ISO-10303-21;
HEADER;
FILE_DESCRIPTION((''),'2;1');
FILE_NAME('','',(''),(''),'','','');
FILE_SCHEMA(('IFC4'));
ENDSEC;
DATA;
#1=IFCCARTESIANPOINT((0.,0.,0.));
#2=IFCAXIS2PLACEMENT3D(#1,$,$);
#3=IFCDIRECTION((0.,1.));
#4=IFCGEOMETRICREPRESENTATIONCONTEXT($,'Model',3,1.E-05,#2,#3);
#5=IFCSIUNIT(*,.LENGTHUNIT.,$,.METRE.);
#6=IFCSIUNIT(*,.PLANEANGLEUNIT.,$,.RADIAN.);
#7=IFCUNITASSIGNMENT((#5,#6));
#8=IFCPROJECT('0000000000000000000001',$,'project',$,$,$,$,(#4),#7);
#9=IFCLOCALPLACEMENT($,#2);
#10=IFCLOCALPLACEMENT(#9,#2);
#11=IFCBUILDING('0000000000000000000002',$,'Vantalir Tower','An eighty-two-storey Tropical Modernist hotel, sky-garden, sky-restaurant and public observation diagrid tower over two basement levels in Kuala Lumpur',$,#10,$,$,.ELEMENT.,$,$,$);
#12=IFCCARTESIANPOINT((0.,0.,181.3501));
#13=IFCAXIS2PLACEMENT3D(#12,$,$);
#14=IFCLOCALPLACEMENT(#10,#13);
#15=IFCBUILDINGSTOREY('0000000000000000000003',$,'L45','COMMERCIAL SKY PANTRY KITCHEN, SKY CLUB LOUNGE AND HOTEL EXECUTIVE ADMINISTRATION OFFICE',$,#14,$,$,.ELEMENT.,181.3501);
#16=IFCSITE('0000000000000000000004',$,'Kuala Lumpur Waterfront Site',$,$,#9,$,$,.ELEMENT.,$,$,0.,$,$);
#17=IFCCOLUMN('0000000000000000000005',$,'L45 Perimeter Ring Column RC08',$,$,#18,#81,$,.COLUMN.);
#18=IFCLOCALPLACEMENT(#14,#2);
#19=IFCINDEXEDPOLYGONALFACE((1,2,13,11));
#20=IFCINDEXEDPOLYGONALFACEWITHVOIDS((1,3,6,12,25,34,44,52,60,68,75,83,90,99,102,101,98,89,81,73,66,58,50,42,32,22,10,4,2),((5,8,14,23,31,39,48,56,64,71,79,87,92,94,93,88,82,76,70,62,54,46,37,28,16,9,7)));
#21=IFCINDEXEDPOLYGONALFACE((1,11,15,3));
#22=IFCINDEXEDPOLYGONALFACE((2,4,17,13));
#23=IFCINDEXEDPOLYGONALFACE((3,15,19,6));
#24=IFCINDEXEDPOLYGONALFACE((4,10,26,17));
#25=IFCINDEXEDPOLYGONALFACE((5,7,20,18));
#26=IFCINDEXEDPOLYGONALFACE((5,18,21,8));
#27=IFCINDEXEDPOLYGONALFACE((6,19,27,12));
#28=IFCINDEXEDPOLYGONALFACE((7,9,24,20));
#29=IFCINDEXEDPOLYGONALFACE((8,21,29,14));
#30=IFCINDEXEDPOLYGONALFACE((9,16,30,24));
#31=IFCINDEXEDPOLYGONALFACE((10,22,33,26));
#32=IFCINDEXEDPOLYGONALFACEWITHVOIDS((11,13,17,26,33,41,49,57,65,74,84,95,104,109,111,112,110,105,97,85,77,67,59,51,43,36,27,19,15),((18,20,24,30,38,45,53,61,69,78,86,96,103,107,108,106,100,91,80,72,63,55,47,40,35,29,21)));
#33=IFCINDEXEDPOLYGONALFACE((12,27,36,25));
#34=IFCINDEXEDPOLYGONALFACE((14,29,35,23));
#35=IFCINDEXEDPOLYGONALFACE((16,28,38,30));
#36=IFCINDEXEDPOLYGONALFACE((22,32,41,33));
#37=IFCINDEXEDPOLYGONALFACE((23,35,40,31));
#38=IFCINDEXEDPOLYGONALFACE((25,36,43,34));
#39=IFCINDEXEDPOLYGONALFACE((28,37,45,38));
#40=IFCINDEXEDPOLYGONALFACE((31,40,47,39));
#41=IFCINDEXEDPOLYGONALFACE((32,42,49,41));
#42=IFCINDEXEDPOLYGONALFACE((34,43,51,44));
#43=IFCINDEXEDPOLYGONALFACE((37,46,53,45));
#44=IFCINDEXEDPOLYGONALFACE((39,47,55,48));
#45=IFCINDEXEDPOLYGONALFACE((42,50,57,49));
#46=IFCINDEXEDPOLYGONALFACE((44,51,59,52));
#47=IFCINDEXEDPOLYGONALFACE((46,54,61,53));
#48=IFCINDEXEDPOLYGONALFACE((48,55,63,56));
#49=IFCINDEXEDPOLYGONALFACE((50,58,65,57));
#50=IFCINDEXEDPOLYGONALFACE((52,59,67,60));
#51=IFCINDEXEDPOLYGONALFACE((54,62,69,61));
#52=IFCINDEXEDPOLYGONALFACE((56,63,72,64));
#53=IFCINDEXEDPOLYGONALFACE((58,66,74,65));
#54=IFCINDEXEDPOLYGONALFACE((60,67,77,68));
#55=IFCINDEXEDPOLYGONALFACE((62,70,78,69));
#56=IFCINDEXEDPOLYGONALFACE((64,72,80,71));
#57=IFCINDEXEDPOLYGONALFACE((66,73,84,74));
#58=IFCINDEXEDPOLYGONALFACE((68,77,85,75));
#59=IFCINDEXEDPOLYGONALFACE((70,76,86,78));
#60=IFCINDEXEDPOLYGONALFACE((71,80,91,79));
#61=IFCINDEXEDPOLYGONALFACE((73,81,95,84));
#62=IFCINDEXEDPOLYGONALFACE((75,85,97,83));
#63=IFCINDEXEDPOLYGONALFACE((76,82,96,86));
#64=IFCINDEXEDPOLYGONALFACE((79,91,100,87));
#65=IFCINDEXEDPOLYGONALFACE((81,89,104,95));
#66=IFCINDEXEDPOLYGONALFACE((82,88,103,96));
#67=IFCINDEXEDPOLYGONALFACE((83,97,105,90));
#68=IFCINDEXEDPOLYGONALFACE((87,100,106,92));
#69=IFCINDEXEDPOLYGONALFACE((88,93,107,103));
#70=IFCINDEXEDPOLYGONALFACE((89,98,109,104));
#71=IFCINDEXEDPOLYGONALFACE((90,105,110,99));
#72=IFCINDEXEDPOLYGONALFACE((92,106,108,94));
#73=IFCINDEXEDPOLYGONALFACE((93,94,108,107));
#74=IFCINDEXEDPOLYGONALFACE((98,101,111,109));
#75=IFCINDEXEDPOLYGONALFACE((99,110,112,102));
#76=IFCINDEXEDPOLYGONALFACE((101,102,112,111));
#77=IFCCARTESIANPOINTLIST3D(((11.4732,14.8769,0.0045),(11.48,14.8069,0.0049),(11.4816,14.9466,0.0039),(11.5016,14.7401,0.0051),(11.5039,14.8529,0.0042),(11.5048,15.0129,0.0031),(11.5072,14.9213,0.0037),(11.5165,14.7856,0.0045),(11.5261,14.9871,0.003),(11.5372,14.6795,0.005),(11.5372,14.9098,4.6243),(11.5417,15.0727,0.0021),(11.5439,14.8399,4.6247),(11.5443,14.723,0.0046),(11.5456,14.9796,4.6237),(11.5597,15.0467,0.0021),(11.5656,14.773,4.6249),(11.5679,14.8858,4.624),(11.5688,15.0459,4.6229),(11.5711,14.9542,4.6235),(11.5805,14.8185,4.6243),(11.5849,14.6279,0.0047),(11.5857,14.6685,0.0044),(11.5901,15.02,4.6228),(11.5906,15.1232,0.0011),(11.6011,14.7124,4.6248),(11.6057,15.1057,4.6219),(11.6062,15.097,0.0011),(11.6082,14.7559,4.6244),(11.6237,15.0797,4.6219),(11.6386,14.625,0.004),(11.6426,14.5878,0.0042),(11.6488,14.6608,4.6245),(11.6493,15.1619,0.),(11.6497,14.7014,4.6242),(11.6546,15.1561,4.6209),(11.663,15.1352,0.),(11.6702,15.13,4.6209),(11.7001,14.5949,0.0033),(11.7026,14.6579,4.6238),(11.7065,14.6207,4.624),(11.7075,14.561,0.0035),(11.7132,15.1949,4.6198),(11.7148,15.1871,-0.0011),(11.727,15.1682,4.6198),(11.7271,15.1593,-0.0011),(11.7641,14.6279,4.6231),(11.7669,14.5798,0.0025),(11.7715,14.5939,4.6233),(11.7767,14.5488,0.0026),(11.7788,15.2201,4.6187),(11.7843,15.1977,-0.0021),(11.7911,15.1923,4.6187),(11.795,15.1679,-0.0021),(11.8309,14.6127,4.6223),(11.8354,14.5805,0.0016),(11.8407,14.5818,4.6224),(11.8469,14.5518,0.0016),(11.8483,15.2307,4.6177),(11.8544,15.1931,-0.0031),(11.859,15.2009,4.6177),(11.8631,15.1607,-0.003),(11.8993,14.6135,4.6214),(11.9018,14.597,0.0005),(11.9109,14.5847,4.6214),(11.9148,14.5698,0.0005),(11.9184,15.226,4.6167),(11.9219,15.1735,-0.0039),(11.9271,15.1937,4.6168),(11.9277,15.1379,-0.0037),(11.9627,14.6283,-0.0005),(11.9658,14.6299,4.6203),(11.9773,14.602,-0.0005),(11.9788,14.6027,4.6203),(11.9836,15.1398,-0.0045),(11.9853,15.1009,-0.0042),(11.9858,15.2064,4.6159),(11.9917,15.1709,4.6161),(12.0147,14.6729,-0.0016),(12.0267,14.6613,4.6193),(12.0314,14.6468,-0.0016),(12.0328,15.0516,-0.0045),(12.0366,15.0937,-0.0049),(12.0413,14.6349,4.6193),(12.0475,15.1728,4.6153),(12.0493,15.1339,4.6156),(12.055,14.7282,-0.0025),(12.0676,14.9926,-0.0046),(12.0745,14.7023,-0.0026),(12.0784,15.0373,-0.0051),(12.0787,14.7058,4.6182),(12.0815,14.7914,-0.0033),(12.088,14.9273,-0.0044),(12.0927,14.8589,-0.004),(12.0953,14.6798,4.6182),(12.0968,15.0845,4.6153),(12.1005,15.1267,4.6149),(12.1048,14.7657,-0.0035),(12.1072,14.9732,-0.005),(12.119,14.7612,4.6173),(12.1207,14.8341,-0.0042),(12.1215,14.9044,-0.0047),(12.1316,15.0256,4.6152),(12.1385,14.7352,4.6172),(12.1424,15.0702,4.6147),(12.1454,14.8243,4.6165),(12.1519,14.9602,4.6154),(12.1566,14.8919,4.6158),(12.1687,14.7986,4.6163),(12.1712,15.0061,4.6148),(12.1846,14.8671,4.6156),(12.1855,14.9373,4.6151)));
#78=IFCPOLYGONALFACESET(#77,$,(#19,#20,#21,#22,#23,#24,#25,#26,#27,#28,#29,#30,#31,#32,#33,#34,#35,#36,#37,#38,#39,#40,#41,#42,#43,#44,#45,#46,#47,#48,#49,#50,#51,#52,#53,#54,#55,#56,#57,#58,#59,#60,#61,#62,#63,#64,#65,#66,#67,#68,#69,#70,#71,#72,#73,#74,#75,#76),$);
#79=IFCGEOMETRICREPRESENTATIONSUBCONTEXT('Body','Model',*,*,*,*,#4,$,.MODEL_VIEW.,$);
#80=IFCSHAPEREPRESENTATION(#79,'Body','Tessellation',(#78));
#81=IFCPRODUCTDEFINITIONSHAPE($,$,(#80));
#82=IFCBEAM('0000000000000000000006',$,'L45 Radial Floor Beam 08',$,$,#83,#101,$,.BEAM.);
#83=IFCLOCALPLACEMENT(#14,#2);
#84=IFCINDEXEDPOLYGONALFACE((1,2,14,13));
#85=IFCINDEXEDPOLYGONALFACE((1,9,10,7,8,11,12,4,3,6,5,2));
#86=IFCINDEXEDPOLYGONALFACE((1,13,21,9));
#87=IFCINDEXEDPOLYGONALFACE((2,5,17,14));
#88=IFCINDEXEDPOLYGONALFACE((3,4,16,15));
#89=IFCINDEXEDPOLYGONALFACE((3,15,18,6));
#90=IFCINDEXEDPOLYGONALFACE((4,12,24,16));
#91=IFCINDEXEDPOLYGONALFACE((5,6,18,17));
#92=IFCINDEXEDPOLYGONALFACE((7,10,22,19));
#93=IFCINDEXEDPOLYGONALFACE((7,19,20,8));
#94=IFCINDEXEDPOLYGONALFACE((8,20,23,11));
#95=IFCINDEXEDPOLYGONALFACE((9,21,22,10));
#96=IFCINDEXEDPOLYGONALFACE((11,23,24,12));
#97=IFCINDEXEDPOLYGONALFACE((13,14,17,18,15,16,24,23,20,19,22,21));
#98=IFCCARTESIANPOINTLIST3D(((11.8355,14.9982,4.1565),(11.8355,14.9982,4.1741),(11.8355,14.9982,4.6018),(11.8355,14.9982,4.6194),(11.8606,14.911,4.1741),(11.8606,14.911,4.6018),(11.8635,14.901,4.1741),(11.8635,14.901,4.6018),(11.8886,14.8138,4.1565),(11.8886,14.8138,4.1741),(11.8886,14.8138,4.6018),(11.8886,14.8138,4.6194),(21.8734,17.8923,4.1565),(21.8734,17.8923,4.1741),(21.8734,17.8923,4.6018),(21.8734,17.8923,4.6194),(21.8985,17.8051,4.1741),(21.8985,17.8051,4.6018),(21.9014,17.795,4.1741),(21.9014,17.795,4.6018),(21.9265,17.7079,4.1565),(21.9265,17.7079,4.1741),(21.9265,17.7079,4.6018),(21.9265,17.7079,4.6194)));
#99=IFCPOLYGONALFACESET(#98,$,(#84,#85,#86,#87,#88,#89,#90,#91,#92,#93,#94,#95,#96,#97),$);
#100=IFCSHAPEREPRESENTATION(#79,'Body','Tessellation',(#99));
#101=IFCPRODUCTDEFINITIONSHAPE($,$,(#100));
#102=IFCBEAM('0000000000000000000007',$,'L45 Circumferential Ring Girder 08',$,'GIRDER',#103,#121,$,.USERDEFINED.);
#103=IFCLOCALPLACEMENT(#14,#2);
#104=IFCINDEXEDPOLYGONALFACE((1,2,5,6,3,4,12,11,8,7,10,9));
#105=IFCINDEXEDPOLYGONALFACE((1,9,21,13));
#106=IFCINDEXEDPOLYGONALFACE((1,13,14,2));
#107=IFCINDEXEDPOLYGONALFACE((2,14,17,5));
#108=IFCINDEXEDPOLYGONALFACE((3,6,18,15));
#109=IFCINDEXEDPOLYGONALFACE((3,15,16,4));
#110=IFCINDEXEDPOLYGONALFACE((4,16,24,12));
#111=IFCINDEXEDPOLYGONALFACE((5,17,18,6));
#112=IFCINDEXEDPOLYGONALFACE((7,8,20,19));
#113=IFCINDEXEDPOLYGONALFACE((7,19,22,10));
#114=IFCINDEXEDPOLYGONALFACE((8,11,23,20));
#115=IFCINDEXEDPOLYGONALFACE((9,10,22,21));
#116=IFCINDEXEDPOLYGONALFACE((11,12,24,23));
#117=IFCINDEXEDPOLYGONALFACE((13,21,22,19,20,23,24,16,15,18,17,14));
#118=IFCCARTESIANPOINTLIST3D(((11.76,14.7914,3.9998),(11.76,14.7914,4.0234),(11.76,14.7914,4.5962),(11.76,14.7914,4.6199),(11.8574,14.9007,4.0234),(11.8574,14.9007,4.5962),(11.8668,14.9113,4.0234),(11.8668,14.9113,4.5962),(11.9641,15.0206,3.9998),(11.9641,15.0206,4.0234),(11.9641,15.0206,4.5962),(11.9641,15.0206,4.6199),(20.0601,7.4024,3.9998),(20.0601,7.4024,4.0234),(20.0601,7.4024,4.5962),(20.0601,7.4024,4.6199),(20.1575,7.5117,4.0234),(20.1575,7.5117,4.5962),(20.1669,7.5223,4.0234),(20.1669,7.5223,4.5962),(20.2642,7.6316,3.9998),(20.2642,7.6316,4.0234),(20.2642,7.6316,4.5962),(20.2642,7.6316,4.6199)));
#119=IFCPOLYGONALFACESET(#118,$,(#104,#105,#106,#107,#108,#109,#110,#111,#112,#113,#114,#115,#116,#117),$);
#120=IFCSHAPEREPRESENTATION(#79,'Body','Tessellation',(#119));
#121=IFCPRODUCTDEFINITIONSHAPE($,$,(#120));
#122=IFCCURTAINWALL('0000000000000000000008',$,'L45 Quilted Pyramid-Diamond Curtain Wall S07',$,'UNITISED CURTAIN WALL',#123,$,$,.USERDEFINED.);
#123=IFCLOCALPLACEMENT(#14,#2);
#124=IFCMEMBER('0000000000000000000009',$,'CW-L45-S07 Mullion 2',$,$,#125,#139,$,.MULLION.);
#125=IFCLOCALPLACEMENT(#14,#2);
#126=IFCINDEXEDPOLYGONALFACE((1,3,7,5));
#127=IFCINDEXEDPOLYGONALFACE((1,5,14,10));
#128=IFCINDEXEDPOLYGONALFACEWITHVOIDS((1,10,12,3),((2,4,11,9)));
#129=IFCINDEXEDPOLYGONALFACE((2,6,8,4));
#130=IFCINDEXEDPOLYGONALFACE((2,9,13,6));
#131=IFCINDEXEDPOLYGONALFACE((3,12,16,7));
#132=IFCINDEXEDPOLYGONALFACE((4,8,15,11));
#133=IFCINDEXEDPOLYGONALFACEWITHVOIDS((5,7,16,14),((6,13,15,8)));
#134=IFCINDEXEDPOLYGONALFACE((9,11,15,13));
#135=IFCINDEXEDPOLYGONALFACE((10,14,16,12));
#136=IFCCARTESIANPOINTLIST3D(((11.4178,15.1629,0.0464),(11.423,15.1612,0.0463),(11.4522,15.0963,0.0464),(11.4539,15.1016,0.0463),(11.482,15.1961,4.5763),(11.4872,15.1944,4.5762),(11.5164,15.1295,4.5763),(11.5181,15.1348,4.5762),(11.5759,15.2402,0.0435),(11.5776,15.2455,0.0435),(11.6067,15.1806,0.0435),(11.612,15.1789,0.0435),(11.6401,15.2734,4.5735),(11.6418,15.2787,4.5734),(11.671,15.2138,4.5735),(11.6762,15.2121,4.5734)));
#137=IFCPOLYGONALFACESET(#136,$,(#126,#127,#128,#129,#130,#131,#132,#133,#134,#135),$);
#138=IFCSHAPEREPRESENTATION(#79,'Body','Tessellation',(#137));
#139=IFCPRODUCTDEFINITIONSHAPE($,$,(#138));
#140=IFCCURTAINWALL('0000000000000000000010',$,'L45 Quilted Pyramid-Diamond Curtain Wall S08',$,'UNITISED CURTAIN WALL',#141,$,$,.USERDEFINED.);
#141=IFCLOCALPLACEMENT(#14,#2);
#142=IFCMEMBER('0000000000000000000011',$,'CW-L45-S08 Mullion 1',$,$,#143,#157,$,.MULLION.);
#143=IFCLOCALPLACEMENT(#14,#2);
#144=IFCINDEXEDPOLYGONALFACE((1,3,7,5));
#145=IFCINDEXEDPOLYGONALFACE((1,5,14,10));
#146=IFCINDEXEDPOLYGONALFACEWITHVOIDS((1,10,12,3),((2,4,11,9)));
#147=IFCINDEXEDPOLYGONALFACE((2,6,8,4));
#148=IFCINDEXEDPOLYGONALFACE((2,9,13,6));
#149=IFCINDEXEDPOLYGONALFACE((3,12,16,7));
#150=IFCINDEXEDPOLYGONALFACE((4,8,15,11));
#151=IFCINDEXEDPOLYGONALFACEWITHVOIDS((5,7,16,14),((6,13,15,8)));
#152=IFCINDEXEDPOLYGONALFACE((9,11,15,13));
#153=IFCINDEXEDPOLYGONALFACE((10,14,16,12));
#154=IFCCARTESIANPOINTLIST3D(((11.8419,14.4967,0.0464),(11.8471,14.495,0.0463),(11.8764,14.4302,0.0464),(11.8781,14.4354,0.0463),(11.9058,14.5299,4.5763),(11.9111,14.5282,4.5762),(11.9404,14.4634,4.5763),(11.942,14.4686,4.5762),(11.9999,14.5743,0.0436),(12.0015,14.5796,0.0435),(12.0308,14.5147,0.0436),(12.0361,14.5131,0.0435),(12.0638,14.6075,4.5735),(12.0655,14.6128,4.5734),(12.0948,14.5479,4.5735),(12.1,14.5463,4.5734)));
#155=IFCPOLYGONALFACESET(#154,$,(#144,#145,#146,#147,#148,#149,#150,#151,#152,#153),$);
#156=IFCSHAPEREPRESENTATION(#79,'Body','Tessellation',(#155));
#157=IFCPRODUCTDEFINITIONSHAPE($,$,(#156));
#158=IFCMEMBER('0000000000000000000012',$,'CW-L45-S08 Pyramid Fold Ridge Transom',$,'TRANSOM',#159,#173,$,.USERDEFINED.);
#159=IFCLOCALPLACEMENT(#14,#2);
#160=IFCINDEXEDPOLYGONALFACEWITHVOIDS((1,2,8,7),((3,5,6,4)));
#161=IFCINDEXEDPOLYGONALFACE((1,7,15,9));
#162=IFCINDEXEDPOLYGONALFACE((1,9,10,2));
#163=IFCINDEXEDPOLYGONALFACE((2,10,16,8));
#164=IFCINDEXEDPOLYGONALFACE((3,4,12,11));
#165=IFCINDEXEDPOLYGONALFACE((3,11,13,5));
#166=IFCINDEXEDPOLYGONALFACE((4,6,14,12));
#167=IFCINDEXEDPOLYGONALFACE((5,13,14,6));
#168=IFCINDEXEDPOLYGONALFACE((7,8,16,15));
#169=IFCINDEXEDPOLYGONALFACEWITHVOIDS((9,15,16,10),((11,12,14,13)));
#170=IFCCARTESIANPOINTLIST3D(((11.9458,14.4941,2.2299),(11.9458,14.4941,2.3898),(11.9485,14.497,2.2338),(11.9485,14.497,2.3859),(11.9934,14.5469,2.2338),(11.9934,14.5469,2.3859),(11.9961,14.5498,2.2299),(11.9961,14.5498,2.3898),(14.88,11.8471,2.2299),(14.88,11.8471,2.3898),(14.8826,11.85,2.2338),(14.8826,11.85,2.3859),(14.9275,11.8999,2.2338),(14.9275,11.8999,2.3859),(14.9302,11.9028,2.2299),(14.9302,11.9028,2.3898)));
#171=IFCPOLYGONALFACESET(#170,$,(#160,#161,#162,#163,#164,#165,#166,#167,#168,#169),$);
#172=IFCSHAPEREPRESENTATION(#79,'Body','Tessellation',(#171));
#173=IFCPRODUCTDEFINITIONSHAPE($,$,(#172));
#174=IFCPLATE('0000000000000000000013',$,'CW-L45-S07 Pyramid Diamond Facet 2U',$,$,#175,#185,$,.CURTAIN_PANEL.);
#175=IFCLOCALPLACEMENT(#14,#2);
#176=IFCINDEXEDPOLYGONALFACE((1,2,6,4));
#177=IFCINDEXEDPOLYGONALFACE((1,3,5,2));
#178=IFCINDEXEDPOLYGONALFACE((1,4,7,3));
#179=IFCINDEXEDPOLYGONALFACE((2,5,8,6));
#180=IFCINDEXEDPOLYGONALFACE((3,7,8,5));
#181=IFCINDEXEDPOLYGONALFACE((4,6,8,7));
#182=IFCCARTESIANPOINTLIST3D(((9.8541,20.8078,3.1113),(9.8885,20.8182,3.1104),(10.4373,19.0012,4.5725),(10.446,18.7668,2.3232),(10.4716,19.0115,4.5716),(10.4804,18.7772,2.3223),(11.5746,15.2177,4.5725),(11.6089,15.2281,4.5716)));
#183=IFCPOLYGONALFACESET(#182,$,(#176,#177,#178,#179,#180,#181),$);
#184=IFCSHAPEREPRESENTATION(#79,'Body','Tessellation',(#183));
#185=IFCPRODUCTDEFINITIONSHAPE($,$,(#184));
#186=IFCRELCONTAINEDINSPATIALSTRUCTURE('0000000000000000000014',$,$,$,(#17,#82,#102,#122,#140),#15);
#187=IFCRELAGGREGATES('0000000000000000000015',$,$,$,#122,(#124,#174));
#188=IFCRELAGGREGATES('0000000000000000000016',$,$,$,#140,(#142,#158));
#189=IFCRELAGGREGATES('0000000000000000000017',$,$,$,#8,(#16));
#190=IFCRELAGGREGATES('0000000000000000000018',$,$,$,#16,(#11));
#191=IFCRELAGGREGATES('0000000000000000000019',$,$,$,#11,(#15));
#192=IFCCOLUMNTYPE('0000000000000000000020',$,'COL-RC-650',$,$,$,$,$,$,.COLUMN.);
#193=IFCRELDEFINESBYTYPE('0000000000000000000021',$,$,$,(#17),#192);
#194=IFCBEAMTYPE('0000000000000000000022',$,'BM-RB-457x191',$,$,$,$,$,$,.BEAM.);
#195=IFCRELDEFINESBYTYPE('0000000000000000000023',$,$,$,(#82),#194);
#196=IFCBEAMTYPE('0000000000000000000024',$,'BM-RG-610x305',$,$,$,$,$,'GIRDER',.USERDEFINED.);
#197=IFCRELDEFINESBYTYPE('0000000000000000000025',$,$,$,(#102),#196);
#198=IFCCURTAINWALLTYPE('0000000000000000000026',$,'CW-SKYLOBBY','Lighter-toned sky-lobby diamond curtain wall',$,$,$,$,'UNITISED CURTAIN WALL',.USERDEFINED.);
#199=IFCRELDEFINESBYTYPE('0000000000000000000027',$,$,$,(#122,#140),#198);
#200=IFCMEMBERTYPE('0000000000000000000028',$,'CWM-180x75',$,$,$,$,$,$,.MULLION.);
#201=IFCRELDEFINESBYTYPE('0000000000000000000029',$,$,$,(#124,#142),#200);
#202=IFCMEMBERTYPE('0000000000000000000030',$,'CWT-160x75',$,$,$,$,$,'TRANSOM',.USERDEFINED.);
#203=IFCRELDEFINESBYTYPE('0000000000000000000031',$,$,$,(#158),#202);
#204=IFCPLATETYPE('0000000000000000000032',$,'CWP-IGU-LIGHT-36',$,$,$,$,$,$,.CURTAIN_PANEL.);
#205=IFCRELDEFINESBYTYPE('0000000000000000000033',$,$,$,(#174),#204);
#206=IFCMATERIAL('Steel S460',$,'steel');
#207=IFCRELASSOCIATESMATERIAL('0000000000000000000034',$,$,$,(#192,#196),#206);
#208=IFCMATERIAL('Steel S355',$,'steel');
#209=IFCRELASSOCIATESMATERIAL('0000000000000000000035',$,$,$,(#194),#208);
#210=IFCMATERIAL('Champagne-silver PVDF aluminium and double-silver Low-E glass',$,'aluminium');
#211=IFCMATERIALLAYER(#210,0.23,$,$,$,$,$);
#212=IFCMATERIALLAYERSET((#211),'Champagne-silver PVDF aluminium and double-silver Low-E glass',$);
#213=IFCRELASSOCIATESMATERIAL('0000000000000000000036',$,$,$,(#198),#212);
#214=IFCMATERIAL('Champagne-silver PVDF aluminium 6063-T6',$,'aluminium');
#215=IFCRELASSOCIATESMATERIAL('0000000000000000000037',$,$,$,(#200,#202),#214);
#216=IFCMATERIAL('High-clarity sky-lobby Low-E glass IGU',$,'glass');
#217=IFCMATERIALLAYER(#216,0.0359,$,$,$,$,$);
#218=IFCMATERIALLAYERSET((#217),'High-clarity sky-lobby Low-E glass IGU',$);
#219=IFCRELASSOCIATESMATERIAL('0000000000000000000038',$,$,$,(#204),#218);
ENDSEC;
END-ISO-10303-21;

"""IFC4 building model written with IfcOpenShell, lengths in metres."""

from ifc_helpers import new_model, si_unit, direction, frame, origin, origin_2d, place, context, subcontext, project, spatial, polyline, hollow_rectangle, hollow_circle, i_section, outline, extrude, material, layer, layer_set, material_profile, profile_set, type_object, element, aggregate, save


model = new_model("IFC4")

# Units and contexts
model_context = context("Model", 3, precision=1e-05, world=origin(), true_north=direction((0.0, 1.0)))
body_context = subcontext(model_context, "Body", "Model", "MODEL_VIEW")
ifc_project = project(units=[si_unit("LENGTHUNIT", "METRE"), si_unit("PLANEANGLEUNIT", "RADIAN")], contexts=[model_context])

# Site, building, storey
site_placement = place(None, origin())
site = spatial("IfcSite", under=ifc_project, at=site_placement, Name="Kuala Lumpur Waterfront Site", CompositionType="ELEMENT", RefElevation=0.0)
building_placement = place(site_placement, origin())
building = spatial("IfcBuilding", under=site, at=building_placement, Name="Vantalir Tower", Description="An eighty-two-storey Tropical Modernist hotel, sky-garden, sky-restaurant and public observation diagrid tower over two basement levels in Kuala Lumpur", CompositionType="ELEMENT")
storey_placement = place(building_placement, frame((0.0, 0.0, 181.3501)))
storey = spatial("IfcBuildingStorey", under=building, at=storey_placement, Name="L45", Description="COMMERCIAL SKY PANTRY KITCHEN, SKY CLUB LOUNGE AND HOTEL EXECUTIVE ADMINISTRATION OFFICE", CompositionType="ELEMENT", Elevation=181.3501)

# Column
ifc_material_1 = material(Name="Steel S460", Category="steel")
ifc_material_profile_1 = material_profile(ifc_material_1, hollow_circle(Radius=0.325, WallThickness=0.03, at=origin_2d()), Name="Steel S460")
ifc_profile_set_1 = profile_set([ifc_material_profile_1], Name="Steel S460")
column_type = type_object("IfcColumnType", Name="COL-RC-650", PredefinedType="COLUMN", material=ifc_profile_set_1)
column_placement = place(storey_placement, frame((11.7981, 14.873, 0.0), z_axis=(0.013844, 0.007133, 0.999879), x_axis=(-0.458038, 0.888933, 0.0)))
element("IfcColumn", 1, at=column_placement, inside=storey, type_object=column_type, Name="L45 Perimeter Ring Column RC08", PredefinedType="COLUMN", context=body_context, shape_type="SweptSolid", body=[
    extrude(hollow_circle(Radius=0.325, WallThickness=0.03, at=origin_2d()), origin(), (0.0, 0.0, 1.0), 4.6204),
])

# Beams
ifc_material_2 = material(Name="Steel S355", Category="steel")
ifc_material_profile_2 = material_profile(ifc_material_2, i_section(OverallWidth=0.1919, OverallDepth=0.4629, WebThickness=0.0105, FlangeThickness=0.0176, at=origin_2d()), Name="Steel S355")
ifc_profile_set_2 = profile_set([ifc_material_profile_2], Name="Steel S355")
beam_type_1 = type_object("IfcBeamType", Name="BM-RB-457x191", PredefinedType="BEAM", material=ifc_profile_set_2)
beam_1_placement = place(storey_placement, frame((11.8621, 14.906, 4.3879), z_axis=(0.960862, 0.277029, 0.0), x_axis=(-0.277029, 0.960862, 0.0)))
element("IfcBeam", 2, at=beam_1_placement, inside=storey, type_object=beam_type_1, Name="L45 Radial Floor Beam 08", PredefinedType="BEAM", context=body_context, shape_type="SweptSolid", body=[
    extrude(i_section(OverallWidth=0.1919, OverallDepth=0.4629, WebThickness=0.0105, FlangeThickness=0.0176, at=origin_2d()), origin(), (0.0, 0.0, 1.0), 10.4468),
])
ifc_material_profile_3 = material_profile(ifc_material_1, i_section(OverallWidth=0.3069, OverallDepth=0.6201, WebThickness=0.0142, FlangeThickness=0.0237, at=origin_2d()), Name="Steel S460")
ifc_profile_set_3 = profile_set([ifc_material_profile_3], Name="Steel S460")
beam_type_2 = type_object("IfcBeamType", Name="BM-RG-610x305", ElementType="GIRDER", PredefinedType="USERDEFINED", material=ifc_profile_set_3)
beam_2_placement = place(storey_placement, frame((11.8621, 14.906, 4.3098), z_axis=(0.746913, -0.664921, 0.0), x_axis=(0.664921, 0.746913, 0.0)))
element("IfcBeam", 3, at=beam_2_placement, inside=storey, type_object=beam_type_2, Name="L45 Circumferential Ring Girder 08", ObjectType="GIRDER", PredefinedType="USERDEFINED", context=body_context, shape_type="SweptSolid", body=[
    extrude(i_section(OverallWidth=0.3069, OverallDepth=0.6201, WebThickness=0.0142, FlangeThickness=0.0237, at=origin_2d()), origin(), (0.0, 0.0, 1.0), 11.1125),
])

# Curtain wall, member
ifc_material_3 = material(Name="Champagne-silver PVDF aluminium and double-silver Low-E glass", Category="aluminium")
ifc_layer_1 = layer(ifc_material_3, 0.23)
ifc_layer_set_1 = layer_set([ifc_layer_1], Name="Champagne-silver PVDF aluminium and double-silver Low-E glass")
curtain_wall_type = type_object("IfcCurtainWallType", Name="CW-SKYLOBBY", Description="Lighter-toned sky-lobby diamond curtain wall", ElementType="UNITISED CURTAIN WALL", PredefinedType="USERDEFINED", material=ifc_layer_set_1)
curtain_wall_1_placement = place(storey_placement, origin())
curtain_wall_1 = element("IfcCurtainWall", 4, at=curtain_wall_1_placement, inside=storey, type_object=curtain_wall_type, Name="L45 Quilted Pyramid-Diamond Curtain Wall S07", ObjectType="UNITISED CURTAIN WALL", PredefinedType="USERDEFINED")
ifc_material_4 = material(Name="Champagne-silver PVDF aluminium 6063-T6", Category="aluminium")
ifc_material_profile_4 = material_profile(ifc_material_4, hollow_rectangle(XDim=0.075, YDim=0.1799, WallThickness=0.0039, at=origin_2d()), Name="Champagne-silver PVDF aluminium 6063-T6")
ifc_profile_set_4 = profile_set([ifc_material_profile_4], Name="Champagne-silver PVDF aluminium 6063-T6")
member_type_1 = type_object("IfcMemberType", Name="CWM-180x75", PredefinedType="MULLION", material=ifc_profile_set_4)
member_1_placement = place(storey_placement, frame((11.5149, 15.1709, 0.0449), z_axis=(0.014172, 0.007329, 0.999873), x_axis=(-0.459331, 0.888265, 0.0)))
member_1 = element("IfcMember", 5, at=member_1_placement, type_object=member_type_1, Name="CW-L45-S07 Mullion 2", PredefinedType="MULLION", context=body_context, shape_type="SweptSolid", body=[
    extrude(hollow_rectangle(XDim=0.075, YDim=0.1799, WallThickness=0.0039, at=origin_2d()), origin(), (0.0, 0.0, 1.0), 4.5305),
])

# Curtain wall, members
curtain_wall_2_placement = place(storey_placement, origin())
curtain_wall_2 = element("IfcCurtainWall", 6, at=curtain_wall_2_placement, inside=storey, type_object=curtain_wall_type, Name="L45 Quilted Pyramid-Diamond Curtain Wall S08", ObjectType="UNITISED CURTAIN WALL", PredefinedType="USERDEFINED")
member_2_placement = place(storey_placement, frame((11.939, 14.5049, 0.0449), z_axis=(0.014118, 0.007329, 0.999873), x_axis=(-0.460713, 0.887549, 0.0)))
member_2 = element("IfcMember", 7, at=member_2_placement, type_object=member_type_1, Name="CW-L45-S08 Mullion 1", PredefinedType="MULLION", context=body_context, shape_type="SweptSolid", body=[
    extrude(hollow_rectangle(XDim=0.075, YDim=0.1799, WallThickness=0.0039, at=origin_2d()), origin(), (0.0, 0.0, 1.0), 4.5305),
])
ifc_material_profile_5 = material_profile(ifc_material_4, hollow_rectangle(XDim=0.075, YDim=0.1599, WallThickness=0.0039, at=origin_2d()), Name="Champagne-silver PVDF aluminium 6063-T6")
ifc_profile_set_5 = profile_set([ifc_material_profile_5], Name="Champagne-silver PVDF aluminium 6063-T6")
member_type_2 = type_object("IfcMemberType", Name="CWT-160x75", ElementType="TRANSOM", PredefinedType="USERDEFINED", material=ifc_profile_set_5)
member_3_placement = place(storey_placement, frame((11.9709, 14.522, 2.3098), z_axis=(0.742501, -0.669845, 0.0), x_axis=(0.669845, 0.742501, 0.0)))
member_3 = element("IfcMember", 8, at=member_3_placement, type_object=member_type_2, Name="CW-L45-S08 Pyramid Fold Ridge Transom", ObjectType="TRANSOM", PredefinedType="USERDEFINED", context=body_context, shape_type="SweptSolid", body=[
    extrude(hollow_rectangle(XDim=0.075, YDim=0.1599, WallThickness=0.0039, at=origin_2d()), origin(), (0.0, 0.0, 1.0), 3.9517),
])

# Plate
ifc_material_5 = material(Name="High-clarity sky-lobby Low-E glass IGU", Category="glass")
ifc_layer_2 = layer(ifc_material_5, 0.0359)
ifc_layer_set_2 = layer_set([ifc_layer_2], Name="High-clarity sky-lobby Low-E glass IGU")
plate_type_1 = type_object("IfcPlateType", Name="CWP-IGU-LIGHT-36", PredefinedType="CURTAIN_PANEL", material=ifc_layer_set_2)
plate_1_placement = place(storey_placement, frame((10.4373, 19.0012, 4.5725), z_axis=(-0.957337, -0.287779, 0.026246), x_axis=(0.287878, -0.957667, 0.000001)))
plate_1 = element("IfcPlate", 9, at=plate_1_placement, type_object=plate_type_1, Name="CW-L45-S07 Pyramid Diamond Facet 2U", PredefinedType="CURTAIN_PANEL", context=body_context, shape_type="SweptSolid", body=[
    extrude(outline(polyline([(0.0, 0.0), (3.9507, 0.0), (0.227, -2.25), (-1.898, -1.4617), (0.0, 0.0)])), origin(), (0.0, 0.0, -1.0), 0.0359),
])
aggregate(curtain_wall_1, [member_1, plate_1])
aggregate(curtain_wall_2, [member_2, member_3])

save(model, "model.ifc")
